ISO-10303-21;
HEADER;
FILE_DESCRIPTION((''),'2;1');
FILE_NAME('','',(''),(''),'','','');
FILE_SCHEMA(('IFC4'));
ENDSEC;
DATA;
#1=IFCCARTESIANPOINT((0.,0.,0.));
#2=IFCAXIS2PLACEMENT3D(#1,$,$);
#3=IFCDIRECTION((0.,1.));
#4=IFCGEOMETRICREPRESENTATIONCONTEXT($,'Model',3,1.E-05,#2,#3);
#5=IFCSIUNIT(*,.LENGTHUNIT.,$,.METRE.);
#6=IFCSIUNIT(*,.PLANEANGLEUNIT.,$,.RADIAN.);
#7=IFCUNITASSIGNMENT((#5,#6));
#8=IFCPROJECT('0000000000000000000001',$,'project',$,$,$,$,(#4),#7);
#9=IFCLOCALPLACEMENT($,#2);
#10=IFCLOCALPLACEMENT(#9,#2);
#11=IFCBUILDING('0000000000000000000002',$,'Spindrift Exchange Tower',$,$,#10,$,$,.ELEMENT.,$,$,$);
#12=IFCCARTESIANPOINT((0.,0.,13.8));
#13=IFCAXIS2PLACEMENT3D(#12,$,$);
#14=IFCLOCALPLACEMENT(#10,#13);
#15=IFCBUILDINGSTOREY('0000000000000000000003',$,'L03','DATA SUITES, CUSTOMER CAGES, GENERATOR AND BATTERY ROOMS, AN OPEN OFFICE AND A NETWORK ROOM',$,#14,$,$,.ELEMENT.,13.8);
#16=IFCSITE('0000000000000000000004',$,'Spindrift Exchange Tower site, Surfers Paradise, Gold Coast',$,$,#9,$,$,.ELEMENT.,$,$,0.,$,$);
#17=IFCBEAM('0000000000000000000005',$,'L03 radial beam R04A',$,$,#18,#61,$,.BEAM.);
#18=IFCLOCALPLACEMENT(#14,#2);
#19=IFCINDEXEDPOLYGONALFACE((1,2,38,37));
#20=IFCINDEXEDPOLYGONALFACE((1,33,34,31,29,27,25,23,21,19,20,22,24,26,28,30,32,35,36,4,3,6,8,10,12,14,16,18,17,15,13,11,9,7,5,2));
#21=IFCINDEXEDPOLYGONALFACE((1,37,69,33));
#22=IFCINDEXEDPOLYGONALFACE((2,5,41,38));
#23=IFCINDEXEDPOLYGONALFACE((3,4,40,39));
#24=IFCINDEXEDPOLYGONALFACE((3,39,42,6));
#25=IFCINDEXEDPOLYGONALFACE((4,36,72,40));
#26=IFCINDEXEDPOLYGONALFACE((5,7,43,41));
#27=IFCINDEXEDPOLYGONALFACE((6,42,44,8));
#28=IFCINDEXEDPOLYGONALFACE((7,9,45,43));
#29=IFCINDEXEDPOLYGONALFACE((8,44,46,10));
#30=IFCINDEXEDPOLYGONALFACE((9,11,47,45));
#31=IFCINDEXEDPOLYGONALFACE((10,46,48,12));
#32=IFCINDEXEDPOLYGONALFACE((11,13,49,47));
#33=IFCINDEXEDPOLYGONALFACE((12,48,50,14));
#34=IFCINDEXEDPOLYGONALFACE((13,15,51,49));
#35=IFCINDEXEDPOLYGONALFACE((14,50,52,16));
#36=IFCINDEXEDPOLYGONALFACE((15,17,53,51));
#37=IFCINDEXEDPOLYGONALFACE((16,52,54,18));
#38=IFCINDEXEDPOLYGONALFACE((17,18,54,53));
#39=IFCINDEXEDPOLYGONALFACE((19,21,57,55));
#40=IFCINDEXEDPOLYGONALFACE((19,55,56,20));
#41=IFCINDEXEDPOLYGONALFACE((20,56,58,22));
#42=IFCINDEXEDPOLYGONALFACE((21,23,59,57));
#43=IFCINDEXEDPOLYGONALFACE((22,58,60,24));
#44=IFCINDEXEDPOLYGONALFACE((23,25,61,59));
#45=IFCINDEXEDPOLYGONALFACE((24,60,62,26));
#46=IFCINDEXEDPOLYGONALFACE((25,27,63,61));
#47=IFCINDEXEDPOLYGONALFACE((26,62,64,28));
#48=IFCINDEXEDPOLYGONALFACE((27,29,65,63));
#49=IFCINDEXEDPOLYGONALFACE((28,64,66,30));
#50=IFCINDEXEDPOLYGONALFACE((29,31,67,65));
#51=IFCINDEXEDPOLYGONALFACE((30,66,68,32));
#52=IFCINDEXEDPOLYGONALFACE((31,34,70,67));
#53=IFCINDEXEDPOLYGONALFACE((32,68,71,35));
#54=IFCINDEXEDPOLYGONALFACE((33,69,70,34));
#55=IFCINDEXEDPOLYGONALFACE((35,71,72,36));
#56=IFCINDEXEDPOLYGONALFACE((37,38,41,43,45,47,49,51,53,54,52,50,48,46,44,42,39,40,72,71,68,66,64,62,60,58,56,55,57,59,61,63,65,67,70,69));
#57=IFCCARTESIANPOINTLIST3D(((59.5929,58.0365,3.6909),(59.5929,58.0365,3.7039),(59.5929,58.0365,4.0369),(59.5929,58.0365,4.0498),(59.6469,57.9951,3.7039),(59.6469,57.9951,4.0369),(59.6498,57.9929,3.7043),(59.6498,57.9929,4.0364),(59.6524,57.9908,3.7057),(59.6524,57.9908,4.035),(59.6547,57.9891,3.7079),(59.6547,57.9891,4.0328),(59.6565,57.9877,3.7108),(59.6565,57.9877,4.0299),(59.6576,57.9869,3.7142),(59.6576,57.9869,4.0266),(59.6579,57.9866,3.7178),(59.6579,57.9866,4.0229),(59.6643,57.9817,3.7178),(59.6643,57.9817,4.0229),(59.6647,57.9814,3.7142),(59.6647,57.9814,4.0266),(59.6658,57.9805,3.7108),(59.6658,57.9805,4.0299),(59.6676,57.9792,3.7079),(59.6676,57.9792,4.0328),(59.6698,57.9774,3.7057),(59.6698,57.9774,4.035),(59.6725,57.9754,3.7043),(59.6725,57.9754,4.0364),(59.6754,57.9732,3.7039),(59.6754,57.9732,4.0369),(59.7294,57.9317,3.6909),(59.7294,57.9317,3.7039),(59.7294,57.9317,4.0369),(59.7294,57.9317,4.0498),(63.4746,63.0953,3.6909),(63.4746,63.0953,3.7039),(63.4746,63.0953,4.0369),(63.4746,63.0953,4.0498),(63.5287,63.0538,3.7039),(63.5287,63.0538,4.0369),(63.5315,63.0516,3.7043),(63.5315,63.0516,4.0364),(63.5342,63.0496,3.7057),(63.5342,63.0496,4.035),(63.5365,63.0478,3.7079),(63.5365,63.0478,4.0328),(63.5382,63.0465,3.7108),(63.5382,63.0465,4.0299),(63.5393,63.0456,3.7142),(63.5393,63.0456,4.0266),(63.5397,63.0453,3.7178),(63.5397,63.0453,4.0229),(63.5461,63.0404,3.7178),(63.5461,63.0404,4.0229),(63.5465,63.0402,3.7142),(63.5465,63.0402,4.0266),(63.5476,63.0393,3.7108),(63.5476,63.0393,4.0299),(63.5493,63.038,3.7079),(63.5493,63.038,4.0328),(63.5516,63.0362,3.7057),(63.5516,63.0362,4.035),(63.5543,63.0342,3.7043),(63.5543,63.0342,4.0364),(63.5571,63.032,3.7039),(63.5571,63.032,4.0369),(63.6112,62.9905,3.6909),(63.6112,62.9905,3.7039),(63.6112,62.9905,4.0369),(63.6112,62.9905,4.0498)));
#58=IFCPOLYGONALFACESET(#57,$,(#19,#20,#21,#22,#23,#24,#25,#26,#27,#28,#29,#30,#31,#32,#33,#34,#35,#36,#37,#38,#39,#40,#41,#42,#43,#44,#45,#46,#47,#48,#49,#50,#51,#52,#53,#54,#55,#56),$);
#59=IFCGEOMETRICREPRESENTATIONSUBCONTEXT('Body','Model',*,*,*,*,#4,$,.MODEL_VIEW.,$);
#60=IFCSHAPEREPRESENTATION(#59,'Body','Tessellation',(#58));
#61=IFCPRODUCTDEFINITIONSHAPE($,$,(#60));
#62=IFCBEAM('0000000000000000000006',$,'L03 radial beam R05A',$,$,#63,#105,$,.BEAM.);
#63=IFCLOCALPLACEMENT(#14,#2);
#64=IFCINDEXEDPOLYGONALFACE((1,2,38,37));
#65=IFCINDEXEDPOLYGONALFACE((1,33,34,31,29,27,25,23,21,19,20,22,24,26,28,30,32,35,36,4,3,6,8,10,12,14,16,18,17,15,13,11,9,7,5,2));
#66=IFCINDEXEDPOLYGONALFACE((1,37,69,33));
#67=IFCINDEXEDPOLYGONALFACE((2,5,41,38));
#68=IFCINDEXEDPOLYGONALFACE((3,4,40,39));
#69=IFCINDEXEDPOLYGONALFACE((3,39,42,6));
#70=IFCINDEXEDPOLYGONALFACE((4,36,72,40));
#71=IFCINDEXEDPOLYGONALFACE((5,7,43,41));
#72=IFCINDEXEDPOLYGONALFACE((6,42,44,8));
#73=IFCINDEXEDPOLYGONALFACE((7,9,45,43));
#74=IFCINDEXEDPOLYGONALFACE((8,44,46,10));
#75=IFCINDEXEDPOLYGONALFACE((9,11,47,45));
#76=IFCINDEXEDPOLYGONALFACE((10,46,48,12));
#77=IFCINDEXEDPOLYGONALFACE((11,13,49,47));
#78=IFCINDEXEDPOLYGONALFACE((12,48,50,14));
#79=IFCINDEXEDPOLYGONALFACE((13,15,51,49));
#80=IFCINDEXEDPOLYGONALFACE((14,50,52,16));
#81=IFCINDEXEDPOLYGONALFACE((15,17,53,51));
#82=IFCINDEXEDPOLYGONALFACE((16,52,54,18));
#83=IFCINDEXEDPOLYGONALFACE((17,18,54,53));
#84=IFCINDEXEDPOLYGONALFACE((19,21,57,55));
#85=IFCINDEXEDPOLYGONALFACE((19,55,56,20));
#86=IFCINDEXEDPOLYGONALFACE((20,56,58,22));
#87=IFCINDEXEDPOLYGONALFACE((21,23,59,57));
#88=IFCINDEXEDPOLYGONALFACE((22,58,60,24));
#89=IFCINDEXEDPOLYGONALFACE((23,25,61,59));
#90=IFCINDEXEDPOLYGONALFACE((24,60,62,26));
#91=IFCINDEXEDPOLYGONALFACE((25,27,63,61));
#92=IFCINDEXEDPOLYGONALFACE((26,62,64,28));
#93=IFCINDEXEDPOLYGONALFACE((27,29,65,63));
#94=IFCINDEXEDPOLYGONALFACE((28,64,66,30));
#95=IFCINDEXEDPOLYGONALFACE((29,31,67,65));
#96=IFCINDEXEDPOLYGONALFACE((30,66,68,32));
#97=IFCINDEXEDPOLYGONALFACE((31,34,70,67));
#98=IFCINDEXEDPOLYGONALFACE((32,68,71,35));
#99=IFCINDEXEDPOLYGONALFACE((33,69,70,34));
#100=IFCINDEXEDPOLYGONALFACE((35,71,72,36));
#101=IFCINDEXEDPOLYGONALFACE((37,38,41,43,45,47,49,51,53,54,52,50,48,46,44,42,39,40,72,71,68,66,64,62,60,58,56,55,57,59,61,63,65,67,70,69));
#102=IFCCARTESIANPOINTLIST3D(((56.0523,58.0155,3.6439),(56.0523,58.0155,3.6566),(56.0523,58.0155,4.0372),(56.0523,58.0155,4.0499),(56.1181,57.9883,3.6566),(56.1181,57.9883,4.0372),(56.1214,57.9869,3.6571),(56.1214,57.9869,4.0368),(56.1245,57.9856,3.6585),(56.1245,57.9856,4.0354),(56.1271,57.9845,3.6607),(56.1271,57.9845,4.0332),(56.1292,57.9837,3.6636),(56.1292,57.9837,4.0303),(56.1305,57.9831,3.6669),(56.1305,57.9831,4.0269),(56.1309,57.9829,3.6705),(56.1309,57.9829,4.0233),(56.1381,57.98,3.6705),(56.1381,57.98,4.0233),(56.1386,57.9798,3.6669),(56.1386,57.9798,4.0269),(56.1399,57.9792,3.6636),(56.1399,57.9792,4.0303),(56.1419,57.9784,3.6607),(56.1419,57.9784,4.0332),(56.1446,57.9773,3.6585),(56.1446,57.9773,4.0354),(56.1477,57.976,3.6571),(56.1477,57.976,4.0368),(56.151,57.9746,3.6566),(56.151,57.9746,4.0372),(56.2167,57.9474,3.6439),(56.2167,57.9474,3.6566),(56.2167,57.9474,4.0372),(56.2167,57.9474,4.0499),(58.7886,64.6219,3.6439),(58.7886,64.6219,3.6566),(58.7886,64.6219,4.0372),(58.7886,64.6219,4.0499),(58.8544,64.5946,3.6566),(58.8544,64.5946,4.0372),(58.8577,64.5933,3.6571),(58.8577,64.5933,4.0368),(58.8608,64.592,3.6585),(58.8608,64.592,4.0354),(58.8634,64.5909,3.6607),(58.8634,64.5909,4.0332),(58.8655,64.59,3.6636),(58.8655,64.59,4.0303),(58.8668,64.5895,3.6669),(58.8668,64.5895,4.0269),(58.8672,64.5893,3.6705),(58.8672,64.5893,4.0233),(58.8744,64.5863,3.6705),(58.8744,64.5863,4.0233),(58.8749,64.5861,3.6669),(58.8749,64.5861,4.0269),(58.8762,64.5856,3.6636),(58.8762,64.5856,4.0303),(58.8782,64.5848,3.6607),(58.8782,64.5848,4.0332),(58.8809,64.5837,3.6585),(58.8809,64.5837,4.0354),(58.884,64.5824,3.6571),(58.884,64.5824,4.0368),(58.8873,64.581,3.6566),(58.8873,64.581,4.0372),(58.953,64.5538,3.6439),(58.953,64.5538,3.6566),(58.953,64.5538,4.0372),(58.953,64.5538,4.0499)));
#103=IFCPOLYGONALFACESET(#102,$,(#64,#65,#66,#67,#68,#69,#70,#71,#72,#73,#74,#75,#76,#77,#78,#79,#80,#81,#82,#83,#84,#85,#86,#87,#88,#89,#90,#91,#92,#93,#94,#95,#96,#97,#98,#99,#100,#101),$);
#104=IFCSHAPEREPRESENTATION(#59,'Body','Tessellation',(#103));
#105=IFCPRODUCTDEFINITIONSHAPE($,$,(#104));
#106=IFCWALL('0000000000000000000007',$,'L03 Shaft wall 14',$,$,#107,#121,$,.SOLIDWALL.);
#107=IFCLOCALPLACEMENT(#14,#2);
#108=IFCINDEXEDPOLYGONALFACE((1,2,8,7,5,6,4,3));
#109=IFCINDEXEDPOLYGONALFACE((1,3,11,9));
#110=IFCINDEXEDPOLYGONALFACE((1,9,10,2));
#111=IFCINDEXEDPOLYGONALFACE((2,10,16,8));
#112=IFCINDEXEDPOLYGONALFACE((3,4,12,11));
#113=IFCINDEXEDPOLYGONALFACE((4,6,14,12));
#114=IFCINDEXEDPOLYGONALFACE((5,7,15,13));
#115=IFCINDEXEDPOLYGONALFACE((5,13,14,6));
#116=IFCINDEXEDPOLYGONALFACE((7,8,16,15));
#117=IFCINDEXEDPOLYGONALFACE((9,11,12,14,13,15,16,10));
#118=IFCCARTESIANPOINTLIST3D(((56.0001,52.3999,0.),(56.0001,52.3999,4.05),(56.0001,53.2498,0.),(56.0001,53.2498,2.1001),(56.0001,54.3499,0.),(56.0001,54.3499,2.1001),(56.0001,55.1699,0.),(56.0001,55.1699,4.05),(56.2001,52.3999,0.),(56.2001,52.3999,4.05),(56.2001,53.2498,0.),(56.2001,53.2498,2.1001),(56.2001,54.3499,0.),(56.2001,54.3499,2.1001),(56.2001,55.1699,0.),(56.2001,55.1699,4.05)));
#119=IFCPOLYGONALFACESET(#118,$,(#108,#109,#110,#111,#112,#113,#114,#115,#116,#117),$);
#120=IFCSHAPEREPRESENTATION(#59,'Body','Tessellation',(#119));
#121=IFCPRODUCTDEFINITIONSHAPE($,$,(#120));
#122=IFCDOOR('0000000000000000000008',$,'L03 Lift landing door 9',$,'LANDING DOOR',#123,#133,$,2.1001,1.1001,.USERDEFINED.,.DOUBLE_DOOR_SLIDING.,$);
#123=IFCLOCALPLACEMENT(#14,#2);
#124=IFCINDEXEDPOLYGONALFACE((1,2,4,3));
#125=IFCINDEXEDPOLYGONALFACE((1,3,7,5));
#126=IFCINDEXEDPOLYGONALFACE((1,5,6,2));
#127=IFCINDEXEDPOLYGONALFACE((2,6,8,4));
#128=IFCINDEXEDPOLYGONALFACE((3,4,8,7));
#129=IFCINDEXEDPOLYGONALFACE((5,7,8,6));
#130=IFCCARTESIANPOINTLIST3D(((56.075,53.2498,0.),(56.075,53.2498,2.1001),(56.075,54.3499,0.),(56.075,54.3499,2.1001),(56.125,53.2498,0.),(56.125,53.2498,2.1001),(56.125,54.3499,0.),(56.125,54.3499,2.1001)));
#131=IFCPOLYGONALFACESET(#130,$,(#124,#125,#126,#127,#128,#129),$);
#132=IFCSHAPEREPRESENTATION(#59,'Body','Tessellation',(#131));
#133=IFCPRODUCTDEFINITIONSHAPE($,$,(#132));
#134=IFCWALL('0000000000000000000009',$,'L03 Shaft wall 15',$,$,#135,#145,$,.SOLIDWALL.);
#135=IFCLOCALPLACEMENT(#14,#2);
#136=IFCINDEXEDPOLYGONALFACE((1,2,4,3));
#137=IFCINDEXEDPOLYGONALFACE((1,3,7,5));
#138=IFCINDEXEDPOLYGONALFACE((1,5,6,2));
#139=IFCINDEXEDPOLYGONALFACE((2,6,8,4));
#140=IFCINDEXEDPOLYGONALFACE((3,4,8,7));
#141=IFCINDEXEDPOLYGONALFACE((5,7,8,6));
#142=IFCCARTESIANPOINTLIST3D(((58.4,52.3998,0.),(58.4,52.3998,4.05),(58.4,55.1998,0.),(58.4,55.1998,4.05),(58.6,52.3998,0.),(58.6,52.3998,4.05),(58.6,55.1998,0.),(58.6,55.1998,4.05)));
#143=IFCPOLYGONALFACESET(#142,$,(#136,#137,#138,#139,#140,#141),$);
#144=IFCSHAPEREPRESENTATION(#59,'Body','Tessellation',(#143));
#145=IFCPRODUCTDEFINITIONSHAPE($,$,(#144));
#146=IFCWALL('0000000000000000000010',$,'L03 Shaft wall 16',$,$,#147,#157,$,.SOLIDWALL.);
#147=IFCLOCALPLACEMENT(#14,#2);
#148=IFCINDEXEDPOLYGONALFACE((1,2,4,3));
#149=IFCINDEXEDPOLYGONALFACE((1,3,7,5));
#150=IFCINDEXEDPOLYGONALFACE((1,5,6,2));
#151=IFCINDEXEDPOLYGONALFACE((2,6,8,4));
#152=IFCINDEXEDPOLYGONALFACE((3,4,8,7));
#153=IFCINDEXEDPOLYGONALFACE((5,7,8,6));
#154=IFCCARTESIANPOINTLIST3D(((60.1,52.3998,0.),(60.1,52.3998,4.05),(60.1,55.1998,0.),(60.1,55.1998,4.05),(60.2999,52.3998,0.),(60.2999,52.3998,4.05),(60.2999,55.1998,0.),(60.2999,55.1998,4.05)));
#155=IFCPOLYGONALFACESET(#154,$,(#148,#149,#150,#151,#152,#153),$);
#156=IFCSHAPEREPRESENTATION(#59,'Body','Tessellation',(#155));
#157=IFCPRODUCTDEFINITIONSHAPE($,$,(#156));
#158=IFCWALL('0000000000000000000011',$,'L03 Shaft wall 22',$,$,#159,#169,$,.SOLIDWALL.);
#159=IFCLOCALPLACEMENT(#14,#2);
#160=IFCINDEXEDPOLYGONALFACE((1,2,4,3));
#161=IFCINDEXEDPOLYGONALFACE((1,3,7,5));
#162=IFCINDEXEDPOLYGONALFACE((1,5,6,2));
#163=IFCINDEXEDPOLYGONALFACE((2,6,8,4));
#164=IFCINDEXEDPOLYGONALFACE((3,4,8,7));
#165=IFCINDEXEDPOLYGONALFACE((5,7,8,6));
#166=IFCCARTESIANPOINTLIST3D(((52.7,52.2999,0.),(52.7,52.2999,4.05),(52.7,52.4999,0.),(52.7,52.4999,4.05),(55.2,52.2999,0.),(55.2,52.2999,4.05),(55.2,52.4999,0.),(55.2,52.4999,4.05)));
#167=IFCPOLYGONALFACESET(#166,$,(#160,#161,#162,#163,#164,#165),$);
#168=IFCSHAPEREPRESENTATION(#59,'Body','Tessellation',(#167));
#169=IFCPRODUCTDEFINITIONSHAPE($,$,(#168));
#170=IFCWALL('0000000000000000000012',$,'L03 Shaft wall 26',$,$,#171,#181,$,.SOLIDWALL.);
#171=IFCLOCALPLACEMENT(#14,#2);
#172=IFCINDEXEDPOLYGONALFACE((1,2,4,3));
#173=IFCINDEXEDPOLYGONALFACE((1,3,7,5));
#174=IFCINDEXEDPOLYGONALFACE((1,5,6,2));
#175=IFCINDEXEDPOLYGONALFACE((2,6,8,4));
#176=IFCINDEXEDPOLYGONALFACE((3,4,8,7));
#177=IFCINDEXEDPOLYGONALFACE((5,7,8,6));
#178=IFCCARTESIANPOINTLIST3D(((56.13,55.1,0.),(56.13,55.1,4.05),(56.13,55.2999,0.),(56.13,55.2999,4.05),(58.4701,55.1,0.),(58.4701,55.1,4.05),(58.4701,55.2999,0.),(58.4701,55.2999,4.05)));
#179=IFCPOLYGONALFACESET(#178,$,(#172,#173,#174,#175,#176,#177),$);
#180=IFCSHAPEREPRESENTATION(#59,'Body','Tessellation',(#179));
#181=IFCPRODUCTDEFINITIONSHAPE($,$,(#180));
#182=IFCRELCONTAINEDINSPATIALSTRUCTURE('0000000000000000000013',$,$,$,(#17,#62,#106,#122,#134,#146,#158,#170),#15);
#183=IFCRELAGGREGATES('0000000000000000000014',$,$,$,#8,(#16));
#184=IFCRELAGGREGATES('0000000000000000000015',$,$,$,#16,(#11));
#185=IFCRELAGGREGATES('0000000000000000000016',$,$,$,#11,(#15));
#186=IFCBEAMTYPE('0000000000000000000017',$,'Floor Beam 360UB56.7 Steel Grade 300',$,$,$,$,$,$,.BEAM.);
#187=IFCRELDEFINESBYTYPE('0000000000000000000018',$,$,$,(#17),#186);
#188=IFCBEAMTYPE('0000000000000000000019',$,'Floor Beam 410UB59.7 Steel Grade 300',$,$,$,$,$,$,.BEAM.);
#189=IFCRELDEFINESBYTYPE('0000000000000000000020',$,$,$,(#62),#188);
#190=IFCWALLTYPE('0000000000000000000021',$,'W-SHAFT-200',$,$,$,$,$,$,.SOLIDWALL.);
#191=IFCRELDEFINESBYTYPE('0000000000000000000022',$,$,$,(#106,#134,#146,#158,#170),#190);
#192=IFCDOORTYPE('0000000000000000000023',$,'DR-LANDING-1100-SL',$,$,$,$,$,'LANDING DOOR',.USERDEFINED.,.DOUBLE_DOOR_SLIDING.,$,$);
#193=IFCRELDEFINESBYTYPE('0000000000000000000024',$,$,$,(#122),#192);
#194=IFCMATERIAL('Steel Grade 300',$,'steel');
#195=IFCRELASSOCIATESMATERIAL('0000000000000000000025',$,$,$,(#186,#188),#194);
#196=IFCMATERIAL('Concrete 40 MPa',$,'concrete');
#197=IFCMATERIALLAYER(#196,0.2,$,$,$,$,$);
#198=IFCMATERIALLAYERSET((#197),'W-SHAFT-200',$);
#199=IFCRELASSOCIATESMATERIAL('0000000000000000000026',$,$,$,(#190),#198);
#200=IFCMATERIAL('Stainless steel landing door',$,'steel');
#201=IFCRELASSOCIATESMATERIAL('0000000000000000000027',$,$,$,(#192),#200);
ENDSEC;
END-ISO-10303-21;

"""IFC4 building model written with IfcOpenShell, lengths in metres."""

from ifc_helpers import new_model, si_unit, direction, frame, frame_2d, origin, origin_2d, place, context, subcontext, project, spatial, rectangle, i_section, extrude, source, transform, mapped, material, layer, layer_set, material_profile, profile_set, type_object, element, fill, save


model = new_model("IFC4")

# Units and contexts
model_context = context("Model", 3, precision=1e-05, world=origin(), true_north=direction((0.0, 1.0)))
body_context = subcontext(model_context, "Body", "Model", "MODEL_VIEW")
ifc_project = project(units=[si_unit("LENGTHUNIT", "METRE"), si_unit("PLANEANGLEUNIT", "RADIAN")], contexts=[model_context])

# Site, building, storey
site_placement = place(None, origin())
site = spatial("IfcSite", under=ifc_project, at=site_placement, Name="Spindrift Exchange Tower site, Surfers Paradise, Gold Coast", CompositionType="ELEMENT", RefElevation=0.0)
building_placement = place(site_placement, origin())
building = spatial("IfcBuilding", under=site, at=building_placement, Name="Spindrift Exchange Tower", CompositionType="ELEMENT")
storey_placement = place(building_placement, frame((0.0, 0.0, 13.8)))
storey = spatial("IfcBuildingStorey", under=building, at=storey_placement, Name="L03", Description="DATA SUITES, CUSTOMER CAGES, GENERATOR AND BATTERY ROOMS, AN OPEN OFFICE AND A NETWORK ROOM", CompositionType="ELEMENT", Elevation=13.8)

# Beams
ifc_material_1 = material(Name="Steel Grade 300", Category="steel")
ifc_material_profile_1 = material_profile(ifc_material_1, i_section(OverallWidth=0.1721, OverallDepth=0.3589, WebThickness=0.0081, FlangeThickness=0.0129, FilletRadius=0.0139, at=origin_2d()), Name="360UB56.7")
ifc_profile_set_1 = profile_set([ifc_material_profile_1], Name="Steel Grade 300")
beam_type_1 = type_object("IfcBeamType", Name="Floor Beam 360UB56.7 Steel Grade 300", PredefinedType="BEAM", material=ifc_profile_set_1)
shared_shape_1 = source(origin(), body_context, "Body", "SweptSolid", [
    extrude(i_section(OverallWidth=0.1721, OverallDepth=0.3589, WebThickness=0.0081, FlangeThickness=0.0129, FilletRadius=0.0139, at=origin_2d()), origin(), (0.0, 0.0, 1.0), 6.3765),
])
beam_1_placement = place(storey_placement, frame((59.6611, 57.9841, 3.8704), z_axis=(0.608767, 0.793349, 0.0), x_axis=(-0.793349, 0.608767, 0.0)))
element("IfcBeam", 1, at=beam_1_placement, inside=storey, type_object=beam_type_1, Name="L03 radial beam R04A", PredefinedType="BEAM", context=body_context, shape_type="MappedRepresentation", body=[
    mapped(shared_shape_1, transform((0.0, 0.0, 0.0), scale=1.0)),
])
ifc_material_profile_2 = material_profile(ifc_material_1, i_section(OverallWidth=0.178, OverallDepth=0.406, WebThickness=0.0078, FlangeThickness=0.0127, FilletRadius=0.0139, at=origin_2d()), Name="410UB59.7")
ifc_profile_set_2 = profile_set([ifc_material_profile_2], Name="Steel Grade 300")
beam_type_2 = type_object("IfcBeamType", Name="Floor Beam 410UB59.7 Steel Grade 300", PredefinedType="BEAM", material=ifc_profile_set_2)
shared_shape_2 = source(origin(), body_context, "Body", "SweptSolid", [
    extrude(i_section(OverallWidth=0.178, OverallDepth=0.406, WebThickness=0.0078, FlangeThickness=0.0127, FilletRadius=0.0139, at=origin_2d()), origin(), (0.0, 0.0, 1.0), 7.1506),
])
beam_2_placement = place(storey_placement, frame((56.1345, 57.9814, 3.8469), z_axis=(0.382665, 0.923887, 0.0), x_axis=(-0.923887, 0.382665, 0.0)))
element("IfcBeam", 2, at=beam_2_placement, inside=storey, type_object=beam_type_2, Name="L03 radial beam R05A", PredefinedType="BEAM", context=body_context, shape_type="MappedRepresentation", body=[
    mapped(shared_shape_2, transform((0.0, 0.0, 0.0), scale=1.0)),
])

# Wall, opening, door
ifc_material_2 = material(Name="Concrete 40 MPa", Category="concrete")
ifc_layer_1 = layer(ifc_material_2, 0.2)
ifc_layer_set_1 = layer_set([ifc_layer_1], Name="W-SHAFT-200")
wall_type_1 = type_object("IfcWallType", Name="W-SHAFT-200", PredefinedType="SOLIDWALL", material=ifc_layer_set_1)
wall_1_placement = place(storey_placement, frame((56.1001, 55.1699, 0.0), z_axis=(0.0, 0.0, 1.0), x_axis=(0.0, -1.0, 0.0)))
wall_1 = element("IfcWall", 3, at=wall_1_placement, inside=storey, type_object=wall_type_1, Name="L03 Shaft wall 14", PredefinedType="SOLIDWALL", context=body_context, shape_type="SweptSolid", body=[
    extrude(rectangle(XDim=2.77, YDim=0.2, at=frame_2d((1.385, 0.0))), origin(), (0.0, 0.0, 1.0), 4.05),
])
opening_1_placement = place(wall_1_placement, frame((0.8201, 0.0, 0.0)))
opening_1 = element("IfcOpeningElement", 4, at=opening_1_placement, cuts=wall_1, PredefinedType="OPENING", context=body_context, shape_type="SweptSolid", body=[
    extrude(rectangle(XDim=1.1001, YDim=2.1001, at=frame_2d((0.55, 1.05))), frame((0.0, 0.1099, 0.0), z_axis=(0.0, -1.0, 0.0), x_axis=(1.0, 0.0, 0.0)), (0.0, 0.0, 1.0), 0.22),
])
ifc_material_3 = material(Name="Stainless steel landing door", Category="steel")
door_type_1 = type_object("IfcDoorType", Name="DR-LANDING-1100-SL", ElementType="LANDING DOOR", OperationType="DOUBLE_DOOR_SLIDING", PredefinedType="USERDEFINED", material=ifc_material_3)
shared_shape_3 = source(origin(), body_context, "Body", "SweptSolid", [
    extrude(rectangle(XDim=1.1001, YDim=2.1001, at=frame_2d((0.55, 1.05))), frame((0.0, 0.0249, 0.0), z_axis=(0.0, -1.0, 0.0), x_axis=(1.0, 0.0, 0.0)), (0.0, 0.0, 1.0), 0.05),
])
door_1_placement = place(opening_1_placement, origin())
door_1 = element("IfcDoor", 5, at=door_1_placement, inside=storey, type_object=door_type_1, Name="L03 Lift landing door 9", ObjectType="LANDING DOOR", OperationType="DOUBLE_DOOR_SLIDING", OverallHeight=2.1001, OverallWidth=1.1001, PredefinedType="USERDEFINED", context=body_context, shape_type="MappedRepresentation", body=[
    mapped(shared_shape_3, transform((0.0, 0.0, 0.0), scale=1.0)),
])
fill(opening_1, door_1)

# Walls
for number, where, z_axis, x_axis, name in (
    (6, (58.5, 52.3999, 0.0), (0.0, 0.0, 1.0), (0.0, 1.0, 0.0), "L03 Shaft wall 15"),
    (7, (60.2, 52.3999, 0.0), (0.0, 0.0, 1.0), (0.0, 1.0, 0.0), "L03 Shaft wall 16"),
):
    element("IfcWall", number, at=place(storey_placement, frame(where, z_axis=z_axis, x_axis=x_axis)), inside=storey, type_object=wall_type_1, Name=name, PredefinedType="SOLIDWALL", context=body_context, shape_type="SweptSolid", body=[
        extrude(rectangle(XDim=2.8, YDim=0.2, at=frame_2d((1.3999, 0.0))), origin(), (0.0, 0.0, 1.0), 4.05),
    ])
wall_2_placement = place(storey_placement, frame((55.2, 52.3999, 0.0), z_axis=(0.0, 0.0, 1.0), x_axis=(-1.0, 0.0, 0.0)))
element("IfcWall", 8, at=wall_2_placement, inside=storey, type_object=wall_type_1, Name="L03 Shaft wall 22", PredefinedType="SOLIDWALL", context=body_context, shape_type="SweptSolid", body=[
    extrude(rectangle(XDim=2.5, YDim=0.2, at=frame_2d((1.25, 0.0))), origin(), (0.0, 0.0, 1.0), 4.05),
])
wall_3_placement = place(storey_placement, frame((58.47, 55.2, 0.0), z_axis=(0.0, 0.0, 1.0), x_axis=(-1.0, 0.0, 0.0)))
element("IfcWall", 9, at=wall_3_placement, inside=storey, type_object=wall_type_1, Name="L03 Shaft wall 26", PredefinedType="SOLIDWALL", context=body_context, shape_type="SweptSolid", body=[
    extrude(rectangle(XDim=2.3401, YDim=0.2, at=frame_2d((1.1699, 0.0))), origin(), (0.0, 0.0, 1.0), 4.05),
])

save(model, "model.ifc")
